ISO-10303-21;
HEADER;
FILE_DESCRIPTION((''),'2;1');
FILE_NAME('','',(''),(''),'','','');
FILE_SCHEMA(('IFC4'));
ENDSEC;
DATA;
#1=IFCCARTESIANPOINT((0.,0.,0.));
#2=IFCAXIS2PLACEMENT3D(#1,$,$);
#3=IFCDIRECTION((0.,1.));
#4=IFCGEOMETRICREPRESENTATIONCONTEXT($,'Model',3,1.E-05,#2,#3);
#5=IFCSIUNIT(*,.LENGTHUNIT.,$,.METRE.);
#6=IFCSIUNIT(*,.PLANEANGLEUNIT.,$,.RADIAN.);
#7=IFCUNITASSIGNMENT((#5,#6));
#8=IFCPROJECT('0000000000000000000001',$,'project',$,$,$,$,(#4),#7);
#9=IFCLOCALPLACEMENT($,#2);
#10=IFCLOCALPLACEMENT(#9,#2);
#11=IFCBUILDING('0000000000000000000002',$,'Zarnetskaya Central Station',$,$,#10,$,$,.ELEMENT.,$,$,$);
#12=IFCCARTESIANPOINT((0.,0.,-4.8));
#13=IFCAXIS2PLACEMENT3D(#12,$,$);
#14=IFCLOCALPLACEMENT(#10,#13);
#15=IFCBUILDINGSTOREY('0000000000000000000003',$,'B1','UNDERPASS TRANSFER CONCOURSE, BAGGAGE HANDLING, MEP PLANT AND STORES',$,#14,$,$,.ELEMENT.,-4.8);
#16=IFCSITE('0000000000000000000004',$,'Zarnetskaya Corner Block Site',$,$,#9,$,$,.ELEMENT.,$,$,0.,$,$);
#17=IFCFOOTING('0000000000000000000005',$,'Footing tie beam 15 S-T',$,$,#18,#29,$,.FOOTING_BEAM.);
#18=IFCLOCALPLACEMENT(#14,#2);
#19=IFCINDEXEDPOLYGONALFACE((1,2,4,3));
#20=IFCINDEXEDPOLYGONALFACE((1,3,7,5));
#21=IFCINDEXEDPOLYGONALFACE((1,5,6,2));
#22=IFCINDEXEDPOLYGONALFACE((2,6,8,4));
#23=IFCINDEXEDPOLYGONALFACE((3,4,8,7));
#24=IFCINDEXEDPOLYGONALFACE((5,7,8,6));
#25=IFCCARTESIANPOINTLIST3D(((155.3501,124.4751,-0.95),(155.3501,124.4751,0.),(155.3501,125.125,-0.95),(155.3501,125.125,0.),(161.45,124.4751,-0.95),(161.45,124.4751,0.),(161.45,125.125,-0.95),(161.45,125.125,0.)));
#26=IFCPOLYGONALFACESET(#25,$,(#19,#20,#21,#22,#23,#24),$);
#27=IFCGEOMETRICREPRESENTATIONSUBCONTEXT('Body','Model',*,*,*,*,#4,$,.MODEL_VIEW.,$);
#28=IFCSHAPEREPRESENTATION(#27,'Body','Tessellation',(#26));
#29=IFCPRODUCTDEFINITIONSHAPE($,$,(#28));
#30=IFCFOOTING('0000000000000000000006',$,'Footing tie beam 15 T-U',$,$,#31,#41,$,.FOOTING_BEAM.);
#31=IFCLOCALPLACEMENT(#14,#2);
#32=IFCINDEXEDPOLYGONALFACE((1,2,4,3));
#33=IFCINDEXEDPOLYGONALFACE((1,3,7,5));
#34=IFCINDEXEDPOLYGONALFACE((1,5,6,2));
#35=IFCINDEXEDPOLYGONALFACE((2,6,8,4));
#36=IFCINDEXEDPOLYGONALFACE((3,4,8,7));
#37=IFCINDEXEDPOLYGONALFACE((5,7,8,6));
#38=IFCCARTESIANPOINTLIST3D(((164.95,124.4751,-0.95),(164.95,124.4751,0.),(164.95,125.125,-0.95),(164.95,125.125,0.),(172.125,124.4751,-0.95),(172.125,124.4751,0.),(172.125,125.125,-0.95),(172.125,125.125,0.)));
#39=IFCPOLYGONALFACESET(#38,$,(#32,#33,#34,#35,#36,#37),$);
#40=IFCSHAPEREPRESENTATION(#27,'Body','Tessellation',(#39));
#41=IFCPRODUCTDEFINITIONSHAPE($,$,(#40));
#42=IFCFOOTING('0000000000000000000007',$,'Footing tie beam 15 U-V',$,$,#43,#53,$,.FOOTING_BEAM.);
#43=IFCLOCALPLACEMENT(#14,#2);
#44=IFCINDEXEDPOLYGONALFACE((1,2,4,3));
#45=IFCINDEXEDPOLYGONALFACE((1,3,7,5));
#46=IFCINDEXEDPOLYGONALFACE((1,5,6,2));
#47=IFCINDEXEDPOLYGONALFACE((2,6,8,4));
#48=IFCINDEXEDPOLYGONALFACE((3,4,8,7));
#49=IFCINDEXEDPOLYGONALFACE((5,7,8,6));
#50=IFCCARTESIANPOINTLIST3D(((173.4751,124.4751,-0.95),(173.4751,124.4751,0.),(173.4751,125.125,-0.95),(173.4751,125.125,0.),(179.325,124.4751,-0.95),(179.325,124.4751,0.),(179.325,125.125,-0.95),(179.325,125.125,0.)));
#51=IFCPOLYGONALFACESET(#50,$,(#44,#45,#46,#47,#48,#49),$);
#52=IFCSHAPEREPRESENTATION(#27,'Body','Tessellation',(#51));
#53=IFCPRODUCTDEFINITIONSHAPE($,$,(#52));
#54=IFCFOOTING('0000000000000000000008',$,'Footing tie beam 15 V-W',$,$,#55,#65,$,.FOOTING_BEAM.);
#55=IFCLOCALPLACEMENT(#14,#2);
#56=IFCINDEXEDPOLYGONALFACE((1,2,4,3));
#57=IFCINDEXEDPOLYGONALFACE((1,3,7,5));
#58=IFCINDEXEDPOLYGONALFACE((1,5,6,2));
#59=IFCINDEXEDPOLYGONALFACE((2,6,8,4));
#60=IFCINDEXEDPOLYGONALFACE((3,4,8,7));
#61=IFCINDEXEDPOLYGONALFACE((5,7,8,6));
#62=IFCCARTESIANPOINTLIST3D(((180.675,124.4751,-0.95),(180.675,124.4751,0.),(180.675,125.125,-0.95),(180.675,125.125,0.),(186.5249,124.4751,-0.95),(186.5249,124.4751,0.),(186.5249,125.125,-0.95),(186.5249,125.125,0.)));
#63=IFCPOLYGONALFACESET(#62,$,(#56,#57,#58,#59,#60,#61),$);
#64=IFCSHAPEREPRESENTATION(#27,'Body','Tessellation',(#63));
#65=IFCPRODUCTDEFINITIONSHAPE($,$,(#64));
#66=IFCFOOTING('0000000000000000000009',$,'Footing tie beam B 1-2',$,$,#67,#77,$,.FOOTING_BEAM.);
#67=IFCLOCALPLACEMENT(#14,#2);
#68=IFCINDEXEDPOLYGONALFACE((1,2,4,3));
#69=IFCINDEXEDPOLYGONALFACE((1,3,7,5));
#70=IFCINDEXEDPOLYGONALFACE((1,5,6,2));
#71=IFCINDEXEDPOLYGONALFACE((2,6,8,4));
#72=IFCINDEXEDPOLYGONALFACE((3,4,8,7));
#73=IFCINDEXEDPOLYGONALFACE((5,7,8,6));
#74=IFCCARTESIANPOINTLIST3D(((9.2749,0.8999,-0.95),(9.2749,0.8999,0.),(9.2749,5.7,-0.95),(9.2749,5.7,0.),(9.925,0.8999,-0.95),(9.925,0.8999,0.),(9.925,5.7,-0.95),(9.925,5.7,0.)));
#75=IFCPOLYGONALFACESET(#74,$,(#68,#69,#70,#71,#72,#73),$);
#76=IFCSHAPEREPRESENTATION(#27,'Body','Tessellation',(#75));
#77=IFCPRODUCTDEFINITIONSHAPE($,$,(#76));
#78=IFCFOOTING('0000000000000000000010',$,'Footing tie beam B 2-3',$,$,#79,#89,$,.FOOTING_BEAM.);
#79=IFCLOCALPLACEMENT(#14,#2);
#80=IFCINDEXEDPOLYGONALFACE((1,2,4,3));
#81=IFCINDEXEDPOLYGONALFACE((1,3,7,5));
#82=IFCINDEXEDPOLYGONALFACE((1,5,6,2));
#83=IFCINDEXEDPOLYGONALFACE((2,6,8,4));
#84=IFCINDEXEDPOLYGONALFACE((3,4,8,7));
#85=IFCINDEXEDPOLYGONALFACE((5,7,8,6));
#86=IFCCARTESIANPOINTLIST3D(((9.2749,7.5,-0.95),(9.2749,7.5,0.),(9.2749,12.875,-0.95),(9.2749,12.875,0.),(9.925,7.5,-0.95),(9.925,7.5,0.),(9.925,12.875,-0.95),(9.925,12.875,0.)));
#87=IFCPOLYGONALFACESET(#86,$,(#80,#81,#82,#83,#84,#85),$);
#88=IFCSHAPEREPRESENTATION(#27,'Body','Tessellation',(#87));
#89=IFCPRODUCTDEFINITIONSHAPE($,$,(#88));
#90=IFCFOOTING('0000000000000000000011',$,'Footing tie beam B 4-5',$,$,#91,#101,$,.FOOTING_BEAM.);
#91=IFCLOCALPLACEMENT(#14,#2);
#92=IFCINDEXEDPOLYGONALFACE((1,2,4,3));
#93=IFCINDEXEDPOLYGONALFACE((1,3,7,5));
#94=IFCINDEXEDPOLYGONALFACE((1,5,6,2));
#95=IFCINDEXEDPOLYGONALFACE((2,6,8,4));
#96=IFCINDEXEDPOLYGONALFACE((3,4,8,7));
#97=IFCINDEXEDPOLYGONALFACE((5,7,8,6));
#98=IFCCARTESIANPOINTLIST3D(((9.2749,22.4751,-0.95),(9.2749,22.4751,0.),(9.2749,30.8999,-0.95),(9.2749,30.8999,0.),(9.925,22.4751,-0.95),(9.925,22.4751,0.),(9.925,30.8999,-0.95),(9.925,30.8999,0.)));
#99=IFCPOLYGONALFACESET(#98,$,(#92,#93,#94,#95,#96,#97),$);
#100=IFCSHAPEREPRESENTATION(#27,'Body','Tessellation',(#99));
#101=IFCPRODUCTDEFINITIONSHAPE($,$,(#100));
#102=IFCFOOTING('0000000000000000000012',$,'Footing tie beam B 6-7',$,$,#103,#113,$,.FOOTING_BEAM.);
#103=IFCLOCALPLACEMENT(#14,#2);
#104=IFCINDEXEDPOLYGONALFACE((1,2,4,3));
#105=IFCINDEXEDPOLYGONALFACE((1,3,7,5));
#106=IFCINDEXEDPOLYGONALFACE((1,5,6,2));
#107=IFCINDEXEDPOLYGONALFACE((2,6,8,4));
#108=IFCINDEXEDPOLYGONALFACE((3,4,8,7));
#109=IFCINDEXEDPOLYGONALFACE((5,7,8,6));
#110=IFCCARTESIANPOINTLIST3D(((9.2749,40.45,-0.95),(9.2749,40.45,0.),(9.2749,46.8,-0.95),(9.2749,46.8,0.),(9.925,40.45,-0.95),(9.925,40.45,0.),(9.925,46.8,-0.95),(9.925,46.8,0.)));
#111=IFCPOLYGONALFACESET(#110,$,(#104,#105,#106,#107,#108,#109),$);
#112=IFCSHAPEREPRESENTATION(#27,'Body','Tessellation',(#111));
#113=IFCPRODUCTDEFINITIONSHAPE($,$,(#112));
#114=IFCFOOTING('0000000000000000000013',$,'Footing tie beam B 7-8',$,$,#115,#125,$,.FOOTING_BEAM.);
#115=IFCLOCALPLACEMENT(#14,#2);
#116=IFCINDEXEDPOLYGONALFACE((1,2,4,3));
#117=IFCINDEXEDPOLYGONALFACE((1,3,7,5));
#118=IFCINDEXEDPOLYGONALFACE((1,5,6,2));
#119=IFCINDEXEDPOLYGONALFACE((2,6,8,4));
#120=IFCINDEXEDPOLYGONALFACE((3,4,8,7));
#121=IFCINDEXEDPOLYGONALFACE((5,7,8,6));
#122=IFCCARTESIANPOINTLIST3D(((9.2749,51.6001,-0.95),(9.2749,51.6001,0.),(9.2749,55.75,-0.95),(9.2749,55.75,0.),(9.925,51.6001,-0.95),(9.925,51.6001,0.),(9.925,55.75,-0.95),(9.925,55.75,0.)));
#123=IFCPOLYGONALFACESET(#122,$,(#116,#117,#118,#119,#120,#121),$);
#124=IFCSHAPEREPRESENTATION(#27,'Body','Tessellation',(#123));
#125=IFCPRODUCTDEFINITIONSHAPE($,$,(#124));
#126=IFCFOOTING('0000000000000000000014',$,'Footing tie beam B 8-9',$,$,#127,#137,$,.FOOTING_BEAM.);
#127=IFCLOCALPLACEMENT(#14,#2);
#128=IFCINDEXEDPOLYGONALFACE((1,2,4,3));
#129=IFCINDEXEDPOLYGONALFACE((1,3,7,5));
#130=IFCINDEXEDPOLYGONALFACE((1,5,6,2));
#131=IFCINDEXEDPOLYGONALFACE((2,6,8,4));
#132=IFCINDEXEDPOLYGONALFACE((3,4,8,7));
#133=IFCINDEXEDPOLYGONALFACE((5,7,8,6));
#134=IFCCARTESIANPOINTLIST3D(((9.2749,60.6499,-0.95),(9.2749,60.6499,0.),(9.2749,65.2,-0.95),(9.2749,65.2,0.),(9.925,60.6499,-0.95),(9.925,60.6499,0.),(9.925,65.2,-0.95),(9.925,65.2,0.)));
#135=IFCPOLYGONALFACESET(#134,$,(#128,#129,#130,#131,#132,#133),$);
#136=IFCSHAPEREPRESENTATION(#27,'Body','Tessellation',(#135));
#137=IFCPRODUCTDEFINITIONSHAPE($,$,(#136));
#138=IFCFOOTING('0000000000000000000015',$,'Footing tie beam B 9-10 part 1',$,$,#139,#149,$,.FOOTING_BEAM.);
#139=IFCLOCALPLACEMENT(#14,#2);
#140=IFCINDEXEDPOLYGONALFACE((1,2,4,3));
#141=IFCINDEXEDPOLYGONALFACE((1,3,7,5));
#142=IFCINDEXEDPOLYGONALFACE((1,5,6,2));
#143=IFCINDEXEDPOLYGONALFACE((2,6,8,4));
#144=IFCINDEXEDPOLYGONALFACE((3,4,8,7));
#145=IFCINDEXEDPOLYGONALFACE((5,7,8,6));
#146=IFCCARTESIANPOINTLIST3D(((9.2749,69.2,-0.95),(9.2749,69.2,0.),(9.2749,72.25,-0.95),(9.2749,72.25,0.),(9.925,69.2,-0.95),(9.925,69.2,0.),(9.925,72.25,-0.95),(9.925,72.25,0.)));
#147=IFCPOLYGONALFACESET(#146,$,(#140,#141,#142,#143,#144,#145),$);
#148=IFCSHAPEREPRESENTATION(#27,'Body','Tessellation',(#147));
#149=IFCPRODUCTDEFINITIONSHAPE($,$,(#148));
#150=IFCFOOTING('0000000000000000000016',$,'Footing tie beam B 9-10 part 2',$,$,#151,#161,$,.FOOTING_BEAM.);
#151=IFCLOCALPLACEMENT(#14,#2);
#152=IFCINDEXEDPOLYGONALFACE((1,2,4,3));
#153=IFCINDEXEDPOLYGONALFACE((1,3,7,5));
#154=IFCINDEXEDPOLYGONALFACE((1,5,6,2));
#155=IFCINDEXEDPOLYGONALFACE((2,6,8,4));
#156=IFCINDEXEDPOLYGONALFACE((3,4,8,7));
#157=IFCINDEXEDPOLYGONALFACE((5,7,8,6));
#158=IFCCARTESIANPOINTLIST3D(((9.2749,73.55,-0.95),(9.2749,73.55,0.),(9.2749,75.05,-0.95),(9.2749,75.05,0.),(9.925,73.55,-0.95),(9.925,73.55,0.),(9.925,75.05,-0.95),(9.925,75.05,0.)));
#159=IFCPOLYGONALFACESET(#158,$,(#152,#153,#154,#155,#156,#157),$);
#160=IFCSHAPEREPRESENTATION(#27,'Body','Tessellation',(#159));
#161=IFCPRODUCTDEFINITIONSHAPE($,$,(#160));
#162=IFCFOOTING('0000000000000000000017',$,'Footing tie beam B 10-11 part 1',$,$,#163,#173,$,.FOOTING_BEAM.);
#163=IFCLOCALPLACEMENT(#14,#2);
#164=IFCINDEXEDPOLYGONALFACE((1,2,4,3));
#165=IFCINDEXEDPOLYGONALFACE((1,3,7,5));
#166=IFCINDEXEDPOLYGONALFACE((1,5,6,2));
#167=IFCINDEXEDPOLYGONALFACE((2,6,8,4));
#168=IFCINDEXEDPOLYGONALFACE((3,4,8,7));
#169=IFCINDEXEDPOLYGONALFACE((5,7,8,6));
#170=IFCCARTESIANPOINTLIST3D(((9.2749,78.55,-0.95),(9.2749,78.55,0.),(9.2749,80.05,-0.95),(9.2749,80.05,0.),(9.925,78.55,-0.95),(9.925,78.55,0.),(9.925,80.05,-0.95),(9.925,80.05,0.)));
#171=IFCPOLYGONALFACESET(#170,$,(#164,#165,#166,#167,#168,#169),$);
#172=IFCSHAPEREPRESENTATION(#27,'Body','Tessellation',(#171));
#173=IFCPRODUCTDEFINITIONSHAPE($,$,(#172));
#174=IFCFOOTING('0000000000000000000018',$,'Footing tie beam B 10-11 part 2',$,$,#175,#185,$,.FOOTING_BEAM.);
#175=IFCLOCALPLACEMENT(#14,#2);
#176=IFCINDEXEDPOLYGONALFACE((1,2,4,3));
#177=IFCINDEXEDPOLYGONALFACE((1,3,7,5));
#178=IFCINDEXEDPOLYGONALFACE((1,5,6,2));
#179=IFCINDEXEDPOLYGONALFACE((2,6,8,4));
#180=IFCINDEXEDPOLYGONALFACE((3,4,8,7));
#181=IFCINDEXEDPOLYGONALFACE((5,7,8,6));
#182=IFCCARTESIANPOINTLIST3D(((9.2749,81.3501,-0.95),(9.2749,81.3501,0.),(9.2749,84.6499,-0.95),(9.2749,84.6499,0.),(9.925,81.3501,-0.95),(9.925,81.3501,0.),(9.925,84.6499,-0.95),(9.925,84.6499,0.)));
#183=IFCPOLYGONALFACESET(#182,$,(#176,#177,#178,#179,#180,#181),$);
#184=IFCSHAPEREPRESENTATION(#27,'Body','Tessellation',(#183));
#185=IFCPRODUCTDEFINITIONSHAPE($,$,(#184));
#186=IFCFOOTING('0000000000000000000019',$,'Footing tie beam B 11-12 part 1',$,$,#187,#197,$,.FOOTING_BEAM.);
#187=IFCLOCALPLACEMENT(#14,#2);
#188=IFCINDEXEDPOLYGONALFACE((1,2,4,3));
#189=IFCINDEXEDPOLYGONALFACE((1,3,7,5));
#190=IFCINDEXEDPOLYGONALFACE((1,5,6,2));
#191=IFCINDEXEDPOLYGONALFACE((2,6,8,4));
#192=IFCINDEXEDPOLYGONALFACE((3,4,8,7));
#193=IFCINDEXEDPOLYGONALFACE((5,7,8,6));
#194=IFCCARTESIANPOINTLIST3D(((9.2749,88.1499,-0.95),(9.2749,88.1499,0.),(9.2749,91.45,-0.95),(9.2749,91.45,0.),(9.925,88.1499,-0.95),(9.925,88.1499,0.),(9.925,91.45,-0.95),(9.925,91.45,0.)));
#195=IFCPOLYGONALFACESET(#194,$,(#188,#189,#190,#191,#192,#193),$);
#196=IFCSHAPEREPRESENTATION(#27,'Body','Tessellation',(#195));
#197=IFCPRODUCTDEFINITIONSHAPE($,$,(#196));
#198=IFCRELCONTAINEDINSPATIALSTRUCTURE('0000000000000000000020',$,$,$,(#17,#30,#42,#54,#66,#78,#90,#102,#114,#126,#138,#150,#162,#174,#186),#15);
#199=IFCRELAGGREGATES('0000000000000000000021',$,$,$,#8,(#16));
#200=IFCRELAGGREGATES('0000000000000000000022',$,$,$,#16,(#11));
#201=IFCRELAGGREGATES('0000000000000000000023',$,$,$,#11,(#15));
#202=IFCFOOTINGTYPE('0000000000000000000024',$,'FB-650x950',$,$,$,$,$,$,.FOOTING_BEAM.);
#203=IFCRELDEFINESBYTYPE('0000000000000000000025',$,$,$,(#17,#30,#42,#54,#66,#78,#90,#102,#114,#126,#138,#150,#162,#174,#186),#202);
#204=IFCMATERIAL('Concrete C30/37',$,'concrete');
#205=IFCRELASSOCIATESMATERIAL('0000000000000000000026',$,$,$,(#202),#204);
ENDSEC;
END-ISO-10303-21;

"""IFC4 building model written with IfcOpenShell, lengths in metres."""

from ifc_helpers import new_model, si_unit, direction, frame, origin, place, context, subcontext, project, spatial, polyline, outline, extrude, material, type_object, element, save


model = new_model("IFC4")

# Units and contexts
model_context = context("Model", 3, precision=1e-05, world=origin(), true_north=direction((0.0, 1.0)))
body_context = subcontext(model_context, "Body", "Model", "MODEL_VIEW")
ifc_project = project(units=[si_unit("LENGTHUNIT", "METRE"), si_unit("PLANEANGLEUNIT", "RADIAN")], contexts=[model_context])

# Site, building, storey
site_placement = place(None, origin())
site = spatial("IfcSite", under=ifc_project, at=site_placement, Name="Zarnetskaya Corner Block Site", CompositionType="ELEMENT", RefElevation=0.0)
building_placement = place(site_placement, origin())
building = spatial("IfcBuilding", under=site, at=building_placement, Name="Zarnetskaya Central Station", CompositionType="ELEMENT")
storey_placement = place(building_placement, frame((0.0, 0.0, -4.8)))
storey = spatial("IfcBuildingStorey", under=building, at=storey_placement, Name="B1", Description="UNDERPASS TRANSFER CONCOURSE, BAGGAGE HANDLING, MEP PLANT AND STORES", CompositionType="ELEMENT", Elevation=-4.8)

# Footings
ifc_material = material(Name="Concrete C30/37", Category="concrete")
footing_type = type_object("IfcFootingType", Name="FB-650x950", PredefinedType="FOOTING_BEAM", material=ifc_material)
footing_1_placement = place(storey_placement, frame((0.0, 0.0, -0.95)))
element("IfcFooting", 1, at=footing_1_placement, inside=storey, type_object=footing_type, Name="Footing tie beam 15 S-T", PredefinedType="FOOTING_BEAM", context=body_context, shape_type="SweptSolid", body=[
    extrude(outline(polyline([(155.3501, 124.4751), (161.45, 124.4751), (161.45, 125.125), (155.3501, 125.125), (155.3501, 124.4751)])), origin(), (0.0, 0.0, 1.0), 0.95),
])
footing_2_placement = place(storey_placement, frame((0.0, 0.0, -0.95)))
element("IfcFooting", 2, at=footing_2_placement, inside=storey, type_object=footing_type, Name="Footing tie beam 15 T-U", PredefinedType="FOOTING_BEAM", context=body_context, shape_type="SweptSolid", body=[
    extrude(outline(polyline([(164.95, 124.4751), (172.125, 124.4751), (172.125, 125.125), (164.95, 125.125), (164.95, 124.4751)])), origin(), (0.0, 0.0, 1.0), 0.95),
])
footing_3_placement = place(storey_placement, frame((0.0, 0.0, -0.95)))
element("IfcFooting", 3, at=footing_3_placement, inside=storey, type_object=footing_type, Name="Footing tie beam 15 U-V", PredefinedType="FOOTING_BEAM", context=body_context, shape_type="SweptSolid", body=[
    extrude(outline(polyline([(173.4751, 124.4751), (179.325, 124.4751), (179.325, 125.125), (173.4751, 125.125), (173.4751, 124.4751)])), origin(), (0.0, 0.0, 1.0), 0.95),
])
footing_4_placement = place(storey_placement, frame((0.0, 0.0, -0.95)))
element("IfcFooting", 4, at=footing_4_placement, inside=storey, type_object=footing_type, Name="Footing tie beam 15 V-W", PredefinedType="FOOTING_BEAM", context=body_context, shape_type="SweptSolid", body=[
    extrude(outline(polyline([(180.675, 124.4751), (186.5249, 124.4751), (186.5249, 125.125), (180.675, 125.125), (180.675, 124.4751)])), origin(), (0.0, 0.0, 1.0), 0.95),
])
footing_5_placement = place(storey_placement, frame((0.0, 0.0, -0.95)))
element("IfcFooting", 5, at=footing_5_placement, inside=storey, type_object=footing_type, Name="Footing tie beam B 1-2", PredefinedType="FOOTING_BEAM", context=body_context, shape_type="SweptSolid", body=[
    extrude(outline(polyline([(9.2749, 0.8999), (9.925, 0.8999), (9.925, 5.7), (9.2749, 5.7), (9.2749, 0.8999)])), origin(), (0.0, 0.0, 1.0), 0.95),
])
footing_6_placement = place(storey_placement, frame((0.0, 0.0, -0.95)))
element("IfcFooting", 6, at=footing_6_placement, inside=storey, type_object=footing_type, Name="Footing tie beam B 2-3", PredefinedType="FOOTING_BEAM", context=body_context, shape_type="SweptSolid", body=[
    extrude(outline(polyline([(9.2749, 7.5), (9.925, 7.5), (9.925, 12.875), (9.2749, 12.875), (9.2749, 7.5)])), origin(), (0.0, 0.0, 1.0), 0.95),
])
footing_7_placement = place(storey_placement, frame((0.0, 0.0, -0.95)))
element("IfcFooting", 7, at=footing_7_placement, inside=storey, type_object=footing_type, Name="Footing tie beam B 4-5", PredefinedType="FOOTING_BEAM", context=body_context, shape_type="SweptSolid", body=[
    extrude(outline(polyline([(9.2749, 22.4751), (9.925, 22.4751), (9.925, 30.8999), (9.2749, 30.8999), (9.2749, 22.4751)])), origin(), (0.0, 0.0, 1.0), 0.95),
])
footing_8_placement = place(storey_placement, frame((0.0, 0.0, -0.95)))
element("IfcFooting", 8, at=footing_8_placement, inside=storey, type_object=footing_type, Name="Footing tie beam B 6-7", PredefinedType="FOOTING_BEAM", context=body_context, shape_type="SweptSolid", body=[
    extrude(outline(polyline([(9.2749, 40.45), (9.925, 40.45), (9.925, 46.8), (9.2749, 46.8), (9.2749, 40.45)])), origin(), (0.0, 0.0, 1.0), 0.95),
])
footing_9_placement = place(storey_placement, frame((0.0, 0.0, -0.95)))
element("IfcFooting", 9, at=footing_9_placement, inside=storey, type_object=footing_type, Name="Footing tie beam B 7-8", PredefinedType="FOOTING_BEAM", context=body_context, shape_type="SweptSolid", body=[
    extrude(outline(polyline([(9.2749, 51.6001), (9.925, 51.6001), (9.925, 55.75), (9.2749, 55.75), (9.2749, 51.6001)])), origin(), (0.0, 0.0, 1.0), 0.95),
])
footing_10_placement = place(storey_placement, frame((0.0, 0.0, -0.95)))
element("IfcFooting", 10, at=footing_10_placement, inside=storey, type_object=footing_type, Name="Footing tie beam B 8-9", PredefinedType="FOOTING_BEAM", context=body_context, shape_type="SweptSolid", body=[
    extrude(outline(polyline([(9.2749, 60.6499), (9.925, 60.6499), (9.925, 65.2), (9.2749, 65.2), (9.2749, 60.6499)])), origin(), (0.0, 0.0, 1.0), 0.95),
])
footing_11_placement = place(storey_placement, frame((0.0, 0.0, -0.95)))
element("IfcFooting", 11, at=footing_11_placement, inside=storey, type_object=footing_type, Name="Footing tie beam B 9-10 part 1", PredefinedType="FOOTING_BEAM", context=body_context, shape_type="SweptSolid", body=[
    extrude(outline(polyline([(9.2749, 69.2), (9.925, 69.2), (9.925, 72.25), (9.2749, 72.25), (9.2749, 69.2)])), origin(), (0.0, 0.0, 1.0), 0.95),
])
footing_12_placement = place(storey_placement, frame((0.0, 0.0, -0.95)))
element("IfcFooting", 12, at=footing_12_placement, inside=storey, type_object=footing_type, Name="Footing tie beam B 9-10 part 2", PredefinedType="FOOTING_BEAM", context=body_context, shape_type="SweptSolid", body=[
    extrude(outline(polyline([(9.2749, 73.55), (9.925, 73.55), (9.925, 75.05), (9.2749, 75.05), (9.2749, 73.55)])), origin(), (0.0, 0.0, 1.0), 0.95),
])
footing_13_placement = place(storey_placement, frame((0.0, 0.0, -0.95)))
element("IfcFooting", 13, at=footing_13_placement, inside=storey, type_object=footing_type, Name="Footing tie beam B 10-11 part 1", PredefinedType="FOOTING_BEAM", context=body_context, shape_type="SweptSolid", body=[
    extrude(outline(polyline([(9.2749, 78.55), (9.925, 78.55), (9.925, 80.05), (9.2749, 80.05), (9.2749, 78.55)])), origin(), (0.0, 0.0, 1.0), 0.95),
])
footing_14_placement = place(storey_placement, frame((0.0, 0.0, -0.95)))
element("IfcFooting", 14, at=footing_14_placement, inside=storey, type_object=footing_type, Name="Footing tie beam B 10-11 part 2", PredefinedType="FOOTING_BEAM", context=body_context, shape_type="SweptSolid", body=[
    extrude(outline(polyline([(9.2749, 81.3501), (9.925, 81.3501), (9.925, 84.6499), (9.2749, 84.6499), (9.2749, 81.3501)])), origin(), (0.0, 0.0, 1.0), 0.95),
])
footing_15_placement = place(storey_placement, frame((0.0, 0.0, -0.95)))
element("IfcFooting", 15, at=footing_15_placement, inside=storey, type_object=footing_type, Name="Footing tie beam B 11-12 part 1", PredefinedType="FOOTING_BEAM", context=body_context, shape_type="SweptSolid", body=[
    extrude(outline(polyline([(9.2749, 88.1499), (9.925, 88.1499), (9.925, 91.45), (9.2749, 91.45), (9.2749, 88.1499)])), origin(), (0.0, 0.0, 1.0), 0.95),
])

save(model, "model.ifc")
